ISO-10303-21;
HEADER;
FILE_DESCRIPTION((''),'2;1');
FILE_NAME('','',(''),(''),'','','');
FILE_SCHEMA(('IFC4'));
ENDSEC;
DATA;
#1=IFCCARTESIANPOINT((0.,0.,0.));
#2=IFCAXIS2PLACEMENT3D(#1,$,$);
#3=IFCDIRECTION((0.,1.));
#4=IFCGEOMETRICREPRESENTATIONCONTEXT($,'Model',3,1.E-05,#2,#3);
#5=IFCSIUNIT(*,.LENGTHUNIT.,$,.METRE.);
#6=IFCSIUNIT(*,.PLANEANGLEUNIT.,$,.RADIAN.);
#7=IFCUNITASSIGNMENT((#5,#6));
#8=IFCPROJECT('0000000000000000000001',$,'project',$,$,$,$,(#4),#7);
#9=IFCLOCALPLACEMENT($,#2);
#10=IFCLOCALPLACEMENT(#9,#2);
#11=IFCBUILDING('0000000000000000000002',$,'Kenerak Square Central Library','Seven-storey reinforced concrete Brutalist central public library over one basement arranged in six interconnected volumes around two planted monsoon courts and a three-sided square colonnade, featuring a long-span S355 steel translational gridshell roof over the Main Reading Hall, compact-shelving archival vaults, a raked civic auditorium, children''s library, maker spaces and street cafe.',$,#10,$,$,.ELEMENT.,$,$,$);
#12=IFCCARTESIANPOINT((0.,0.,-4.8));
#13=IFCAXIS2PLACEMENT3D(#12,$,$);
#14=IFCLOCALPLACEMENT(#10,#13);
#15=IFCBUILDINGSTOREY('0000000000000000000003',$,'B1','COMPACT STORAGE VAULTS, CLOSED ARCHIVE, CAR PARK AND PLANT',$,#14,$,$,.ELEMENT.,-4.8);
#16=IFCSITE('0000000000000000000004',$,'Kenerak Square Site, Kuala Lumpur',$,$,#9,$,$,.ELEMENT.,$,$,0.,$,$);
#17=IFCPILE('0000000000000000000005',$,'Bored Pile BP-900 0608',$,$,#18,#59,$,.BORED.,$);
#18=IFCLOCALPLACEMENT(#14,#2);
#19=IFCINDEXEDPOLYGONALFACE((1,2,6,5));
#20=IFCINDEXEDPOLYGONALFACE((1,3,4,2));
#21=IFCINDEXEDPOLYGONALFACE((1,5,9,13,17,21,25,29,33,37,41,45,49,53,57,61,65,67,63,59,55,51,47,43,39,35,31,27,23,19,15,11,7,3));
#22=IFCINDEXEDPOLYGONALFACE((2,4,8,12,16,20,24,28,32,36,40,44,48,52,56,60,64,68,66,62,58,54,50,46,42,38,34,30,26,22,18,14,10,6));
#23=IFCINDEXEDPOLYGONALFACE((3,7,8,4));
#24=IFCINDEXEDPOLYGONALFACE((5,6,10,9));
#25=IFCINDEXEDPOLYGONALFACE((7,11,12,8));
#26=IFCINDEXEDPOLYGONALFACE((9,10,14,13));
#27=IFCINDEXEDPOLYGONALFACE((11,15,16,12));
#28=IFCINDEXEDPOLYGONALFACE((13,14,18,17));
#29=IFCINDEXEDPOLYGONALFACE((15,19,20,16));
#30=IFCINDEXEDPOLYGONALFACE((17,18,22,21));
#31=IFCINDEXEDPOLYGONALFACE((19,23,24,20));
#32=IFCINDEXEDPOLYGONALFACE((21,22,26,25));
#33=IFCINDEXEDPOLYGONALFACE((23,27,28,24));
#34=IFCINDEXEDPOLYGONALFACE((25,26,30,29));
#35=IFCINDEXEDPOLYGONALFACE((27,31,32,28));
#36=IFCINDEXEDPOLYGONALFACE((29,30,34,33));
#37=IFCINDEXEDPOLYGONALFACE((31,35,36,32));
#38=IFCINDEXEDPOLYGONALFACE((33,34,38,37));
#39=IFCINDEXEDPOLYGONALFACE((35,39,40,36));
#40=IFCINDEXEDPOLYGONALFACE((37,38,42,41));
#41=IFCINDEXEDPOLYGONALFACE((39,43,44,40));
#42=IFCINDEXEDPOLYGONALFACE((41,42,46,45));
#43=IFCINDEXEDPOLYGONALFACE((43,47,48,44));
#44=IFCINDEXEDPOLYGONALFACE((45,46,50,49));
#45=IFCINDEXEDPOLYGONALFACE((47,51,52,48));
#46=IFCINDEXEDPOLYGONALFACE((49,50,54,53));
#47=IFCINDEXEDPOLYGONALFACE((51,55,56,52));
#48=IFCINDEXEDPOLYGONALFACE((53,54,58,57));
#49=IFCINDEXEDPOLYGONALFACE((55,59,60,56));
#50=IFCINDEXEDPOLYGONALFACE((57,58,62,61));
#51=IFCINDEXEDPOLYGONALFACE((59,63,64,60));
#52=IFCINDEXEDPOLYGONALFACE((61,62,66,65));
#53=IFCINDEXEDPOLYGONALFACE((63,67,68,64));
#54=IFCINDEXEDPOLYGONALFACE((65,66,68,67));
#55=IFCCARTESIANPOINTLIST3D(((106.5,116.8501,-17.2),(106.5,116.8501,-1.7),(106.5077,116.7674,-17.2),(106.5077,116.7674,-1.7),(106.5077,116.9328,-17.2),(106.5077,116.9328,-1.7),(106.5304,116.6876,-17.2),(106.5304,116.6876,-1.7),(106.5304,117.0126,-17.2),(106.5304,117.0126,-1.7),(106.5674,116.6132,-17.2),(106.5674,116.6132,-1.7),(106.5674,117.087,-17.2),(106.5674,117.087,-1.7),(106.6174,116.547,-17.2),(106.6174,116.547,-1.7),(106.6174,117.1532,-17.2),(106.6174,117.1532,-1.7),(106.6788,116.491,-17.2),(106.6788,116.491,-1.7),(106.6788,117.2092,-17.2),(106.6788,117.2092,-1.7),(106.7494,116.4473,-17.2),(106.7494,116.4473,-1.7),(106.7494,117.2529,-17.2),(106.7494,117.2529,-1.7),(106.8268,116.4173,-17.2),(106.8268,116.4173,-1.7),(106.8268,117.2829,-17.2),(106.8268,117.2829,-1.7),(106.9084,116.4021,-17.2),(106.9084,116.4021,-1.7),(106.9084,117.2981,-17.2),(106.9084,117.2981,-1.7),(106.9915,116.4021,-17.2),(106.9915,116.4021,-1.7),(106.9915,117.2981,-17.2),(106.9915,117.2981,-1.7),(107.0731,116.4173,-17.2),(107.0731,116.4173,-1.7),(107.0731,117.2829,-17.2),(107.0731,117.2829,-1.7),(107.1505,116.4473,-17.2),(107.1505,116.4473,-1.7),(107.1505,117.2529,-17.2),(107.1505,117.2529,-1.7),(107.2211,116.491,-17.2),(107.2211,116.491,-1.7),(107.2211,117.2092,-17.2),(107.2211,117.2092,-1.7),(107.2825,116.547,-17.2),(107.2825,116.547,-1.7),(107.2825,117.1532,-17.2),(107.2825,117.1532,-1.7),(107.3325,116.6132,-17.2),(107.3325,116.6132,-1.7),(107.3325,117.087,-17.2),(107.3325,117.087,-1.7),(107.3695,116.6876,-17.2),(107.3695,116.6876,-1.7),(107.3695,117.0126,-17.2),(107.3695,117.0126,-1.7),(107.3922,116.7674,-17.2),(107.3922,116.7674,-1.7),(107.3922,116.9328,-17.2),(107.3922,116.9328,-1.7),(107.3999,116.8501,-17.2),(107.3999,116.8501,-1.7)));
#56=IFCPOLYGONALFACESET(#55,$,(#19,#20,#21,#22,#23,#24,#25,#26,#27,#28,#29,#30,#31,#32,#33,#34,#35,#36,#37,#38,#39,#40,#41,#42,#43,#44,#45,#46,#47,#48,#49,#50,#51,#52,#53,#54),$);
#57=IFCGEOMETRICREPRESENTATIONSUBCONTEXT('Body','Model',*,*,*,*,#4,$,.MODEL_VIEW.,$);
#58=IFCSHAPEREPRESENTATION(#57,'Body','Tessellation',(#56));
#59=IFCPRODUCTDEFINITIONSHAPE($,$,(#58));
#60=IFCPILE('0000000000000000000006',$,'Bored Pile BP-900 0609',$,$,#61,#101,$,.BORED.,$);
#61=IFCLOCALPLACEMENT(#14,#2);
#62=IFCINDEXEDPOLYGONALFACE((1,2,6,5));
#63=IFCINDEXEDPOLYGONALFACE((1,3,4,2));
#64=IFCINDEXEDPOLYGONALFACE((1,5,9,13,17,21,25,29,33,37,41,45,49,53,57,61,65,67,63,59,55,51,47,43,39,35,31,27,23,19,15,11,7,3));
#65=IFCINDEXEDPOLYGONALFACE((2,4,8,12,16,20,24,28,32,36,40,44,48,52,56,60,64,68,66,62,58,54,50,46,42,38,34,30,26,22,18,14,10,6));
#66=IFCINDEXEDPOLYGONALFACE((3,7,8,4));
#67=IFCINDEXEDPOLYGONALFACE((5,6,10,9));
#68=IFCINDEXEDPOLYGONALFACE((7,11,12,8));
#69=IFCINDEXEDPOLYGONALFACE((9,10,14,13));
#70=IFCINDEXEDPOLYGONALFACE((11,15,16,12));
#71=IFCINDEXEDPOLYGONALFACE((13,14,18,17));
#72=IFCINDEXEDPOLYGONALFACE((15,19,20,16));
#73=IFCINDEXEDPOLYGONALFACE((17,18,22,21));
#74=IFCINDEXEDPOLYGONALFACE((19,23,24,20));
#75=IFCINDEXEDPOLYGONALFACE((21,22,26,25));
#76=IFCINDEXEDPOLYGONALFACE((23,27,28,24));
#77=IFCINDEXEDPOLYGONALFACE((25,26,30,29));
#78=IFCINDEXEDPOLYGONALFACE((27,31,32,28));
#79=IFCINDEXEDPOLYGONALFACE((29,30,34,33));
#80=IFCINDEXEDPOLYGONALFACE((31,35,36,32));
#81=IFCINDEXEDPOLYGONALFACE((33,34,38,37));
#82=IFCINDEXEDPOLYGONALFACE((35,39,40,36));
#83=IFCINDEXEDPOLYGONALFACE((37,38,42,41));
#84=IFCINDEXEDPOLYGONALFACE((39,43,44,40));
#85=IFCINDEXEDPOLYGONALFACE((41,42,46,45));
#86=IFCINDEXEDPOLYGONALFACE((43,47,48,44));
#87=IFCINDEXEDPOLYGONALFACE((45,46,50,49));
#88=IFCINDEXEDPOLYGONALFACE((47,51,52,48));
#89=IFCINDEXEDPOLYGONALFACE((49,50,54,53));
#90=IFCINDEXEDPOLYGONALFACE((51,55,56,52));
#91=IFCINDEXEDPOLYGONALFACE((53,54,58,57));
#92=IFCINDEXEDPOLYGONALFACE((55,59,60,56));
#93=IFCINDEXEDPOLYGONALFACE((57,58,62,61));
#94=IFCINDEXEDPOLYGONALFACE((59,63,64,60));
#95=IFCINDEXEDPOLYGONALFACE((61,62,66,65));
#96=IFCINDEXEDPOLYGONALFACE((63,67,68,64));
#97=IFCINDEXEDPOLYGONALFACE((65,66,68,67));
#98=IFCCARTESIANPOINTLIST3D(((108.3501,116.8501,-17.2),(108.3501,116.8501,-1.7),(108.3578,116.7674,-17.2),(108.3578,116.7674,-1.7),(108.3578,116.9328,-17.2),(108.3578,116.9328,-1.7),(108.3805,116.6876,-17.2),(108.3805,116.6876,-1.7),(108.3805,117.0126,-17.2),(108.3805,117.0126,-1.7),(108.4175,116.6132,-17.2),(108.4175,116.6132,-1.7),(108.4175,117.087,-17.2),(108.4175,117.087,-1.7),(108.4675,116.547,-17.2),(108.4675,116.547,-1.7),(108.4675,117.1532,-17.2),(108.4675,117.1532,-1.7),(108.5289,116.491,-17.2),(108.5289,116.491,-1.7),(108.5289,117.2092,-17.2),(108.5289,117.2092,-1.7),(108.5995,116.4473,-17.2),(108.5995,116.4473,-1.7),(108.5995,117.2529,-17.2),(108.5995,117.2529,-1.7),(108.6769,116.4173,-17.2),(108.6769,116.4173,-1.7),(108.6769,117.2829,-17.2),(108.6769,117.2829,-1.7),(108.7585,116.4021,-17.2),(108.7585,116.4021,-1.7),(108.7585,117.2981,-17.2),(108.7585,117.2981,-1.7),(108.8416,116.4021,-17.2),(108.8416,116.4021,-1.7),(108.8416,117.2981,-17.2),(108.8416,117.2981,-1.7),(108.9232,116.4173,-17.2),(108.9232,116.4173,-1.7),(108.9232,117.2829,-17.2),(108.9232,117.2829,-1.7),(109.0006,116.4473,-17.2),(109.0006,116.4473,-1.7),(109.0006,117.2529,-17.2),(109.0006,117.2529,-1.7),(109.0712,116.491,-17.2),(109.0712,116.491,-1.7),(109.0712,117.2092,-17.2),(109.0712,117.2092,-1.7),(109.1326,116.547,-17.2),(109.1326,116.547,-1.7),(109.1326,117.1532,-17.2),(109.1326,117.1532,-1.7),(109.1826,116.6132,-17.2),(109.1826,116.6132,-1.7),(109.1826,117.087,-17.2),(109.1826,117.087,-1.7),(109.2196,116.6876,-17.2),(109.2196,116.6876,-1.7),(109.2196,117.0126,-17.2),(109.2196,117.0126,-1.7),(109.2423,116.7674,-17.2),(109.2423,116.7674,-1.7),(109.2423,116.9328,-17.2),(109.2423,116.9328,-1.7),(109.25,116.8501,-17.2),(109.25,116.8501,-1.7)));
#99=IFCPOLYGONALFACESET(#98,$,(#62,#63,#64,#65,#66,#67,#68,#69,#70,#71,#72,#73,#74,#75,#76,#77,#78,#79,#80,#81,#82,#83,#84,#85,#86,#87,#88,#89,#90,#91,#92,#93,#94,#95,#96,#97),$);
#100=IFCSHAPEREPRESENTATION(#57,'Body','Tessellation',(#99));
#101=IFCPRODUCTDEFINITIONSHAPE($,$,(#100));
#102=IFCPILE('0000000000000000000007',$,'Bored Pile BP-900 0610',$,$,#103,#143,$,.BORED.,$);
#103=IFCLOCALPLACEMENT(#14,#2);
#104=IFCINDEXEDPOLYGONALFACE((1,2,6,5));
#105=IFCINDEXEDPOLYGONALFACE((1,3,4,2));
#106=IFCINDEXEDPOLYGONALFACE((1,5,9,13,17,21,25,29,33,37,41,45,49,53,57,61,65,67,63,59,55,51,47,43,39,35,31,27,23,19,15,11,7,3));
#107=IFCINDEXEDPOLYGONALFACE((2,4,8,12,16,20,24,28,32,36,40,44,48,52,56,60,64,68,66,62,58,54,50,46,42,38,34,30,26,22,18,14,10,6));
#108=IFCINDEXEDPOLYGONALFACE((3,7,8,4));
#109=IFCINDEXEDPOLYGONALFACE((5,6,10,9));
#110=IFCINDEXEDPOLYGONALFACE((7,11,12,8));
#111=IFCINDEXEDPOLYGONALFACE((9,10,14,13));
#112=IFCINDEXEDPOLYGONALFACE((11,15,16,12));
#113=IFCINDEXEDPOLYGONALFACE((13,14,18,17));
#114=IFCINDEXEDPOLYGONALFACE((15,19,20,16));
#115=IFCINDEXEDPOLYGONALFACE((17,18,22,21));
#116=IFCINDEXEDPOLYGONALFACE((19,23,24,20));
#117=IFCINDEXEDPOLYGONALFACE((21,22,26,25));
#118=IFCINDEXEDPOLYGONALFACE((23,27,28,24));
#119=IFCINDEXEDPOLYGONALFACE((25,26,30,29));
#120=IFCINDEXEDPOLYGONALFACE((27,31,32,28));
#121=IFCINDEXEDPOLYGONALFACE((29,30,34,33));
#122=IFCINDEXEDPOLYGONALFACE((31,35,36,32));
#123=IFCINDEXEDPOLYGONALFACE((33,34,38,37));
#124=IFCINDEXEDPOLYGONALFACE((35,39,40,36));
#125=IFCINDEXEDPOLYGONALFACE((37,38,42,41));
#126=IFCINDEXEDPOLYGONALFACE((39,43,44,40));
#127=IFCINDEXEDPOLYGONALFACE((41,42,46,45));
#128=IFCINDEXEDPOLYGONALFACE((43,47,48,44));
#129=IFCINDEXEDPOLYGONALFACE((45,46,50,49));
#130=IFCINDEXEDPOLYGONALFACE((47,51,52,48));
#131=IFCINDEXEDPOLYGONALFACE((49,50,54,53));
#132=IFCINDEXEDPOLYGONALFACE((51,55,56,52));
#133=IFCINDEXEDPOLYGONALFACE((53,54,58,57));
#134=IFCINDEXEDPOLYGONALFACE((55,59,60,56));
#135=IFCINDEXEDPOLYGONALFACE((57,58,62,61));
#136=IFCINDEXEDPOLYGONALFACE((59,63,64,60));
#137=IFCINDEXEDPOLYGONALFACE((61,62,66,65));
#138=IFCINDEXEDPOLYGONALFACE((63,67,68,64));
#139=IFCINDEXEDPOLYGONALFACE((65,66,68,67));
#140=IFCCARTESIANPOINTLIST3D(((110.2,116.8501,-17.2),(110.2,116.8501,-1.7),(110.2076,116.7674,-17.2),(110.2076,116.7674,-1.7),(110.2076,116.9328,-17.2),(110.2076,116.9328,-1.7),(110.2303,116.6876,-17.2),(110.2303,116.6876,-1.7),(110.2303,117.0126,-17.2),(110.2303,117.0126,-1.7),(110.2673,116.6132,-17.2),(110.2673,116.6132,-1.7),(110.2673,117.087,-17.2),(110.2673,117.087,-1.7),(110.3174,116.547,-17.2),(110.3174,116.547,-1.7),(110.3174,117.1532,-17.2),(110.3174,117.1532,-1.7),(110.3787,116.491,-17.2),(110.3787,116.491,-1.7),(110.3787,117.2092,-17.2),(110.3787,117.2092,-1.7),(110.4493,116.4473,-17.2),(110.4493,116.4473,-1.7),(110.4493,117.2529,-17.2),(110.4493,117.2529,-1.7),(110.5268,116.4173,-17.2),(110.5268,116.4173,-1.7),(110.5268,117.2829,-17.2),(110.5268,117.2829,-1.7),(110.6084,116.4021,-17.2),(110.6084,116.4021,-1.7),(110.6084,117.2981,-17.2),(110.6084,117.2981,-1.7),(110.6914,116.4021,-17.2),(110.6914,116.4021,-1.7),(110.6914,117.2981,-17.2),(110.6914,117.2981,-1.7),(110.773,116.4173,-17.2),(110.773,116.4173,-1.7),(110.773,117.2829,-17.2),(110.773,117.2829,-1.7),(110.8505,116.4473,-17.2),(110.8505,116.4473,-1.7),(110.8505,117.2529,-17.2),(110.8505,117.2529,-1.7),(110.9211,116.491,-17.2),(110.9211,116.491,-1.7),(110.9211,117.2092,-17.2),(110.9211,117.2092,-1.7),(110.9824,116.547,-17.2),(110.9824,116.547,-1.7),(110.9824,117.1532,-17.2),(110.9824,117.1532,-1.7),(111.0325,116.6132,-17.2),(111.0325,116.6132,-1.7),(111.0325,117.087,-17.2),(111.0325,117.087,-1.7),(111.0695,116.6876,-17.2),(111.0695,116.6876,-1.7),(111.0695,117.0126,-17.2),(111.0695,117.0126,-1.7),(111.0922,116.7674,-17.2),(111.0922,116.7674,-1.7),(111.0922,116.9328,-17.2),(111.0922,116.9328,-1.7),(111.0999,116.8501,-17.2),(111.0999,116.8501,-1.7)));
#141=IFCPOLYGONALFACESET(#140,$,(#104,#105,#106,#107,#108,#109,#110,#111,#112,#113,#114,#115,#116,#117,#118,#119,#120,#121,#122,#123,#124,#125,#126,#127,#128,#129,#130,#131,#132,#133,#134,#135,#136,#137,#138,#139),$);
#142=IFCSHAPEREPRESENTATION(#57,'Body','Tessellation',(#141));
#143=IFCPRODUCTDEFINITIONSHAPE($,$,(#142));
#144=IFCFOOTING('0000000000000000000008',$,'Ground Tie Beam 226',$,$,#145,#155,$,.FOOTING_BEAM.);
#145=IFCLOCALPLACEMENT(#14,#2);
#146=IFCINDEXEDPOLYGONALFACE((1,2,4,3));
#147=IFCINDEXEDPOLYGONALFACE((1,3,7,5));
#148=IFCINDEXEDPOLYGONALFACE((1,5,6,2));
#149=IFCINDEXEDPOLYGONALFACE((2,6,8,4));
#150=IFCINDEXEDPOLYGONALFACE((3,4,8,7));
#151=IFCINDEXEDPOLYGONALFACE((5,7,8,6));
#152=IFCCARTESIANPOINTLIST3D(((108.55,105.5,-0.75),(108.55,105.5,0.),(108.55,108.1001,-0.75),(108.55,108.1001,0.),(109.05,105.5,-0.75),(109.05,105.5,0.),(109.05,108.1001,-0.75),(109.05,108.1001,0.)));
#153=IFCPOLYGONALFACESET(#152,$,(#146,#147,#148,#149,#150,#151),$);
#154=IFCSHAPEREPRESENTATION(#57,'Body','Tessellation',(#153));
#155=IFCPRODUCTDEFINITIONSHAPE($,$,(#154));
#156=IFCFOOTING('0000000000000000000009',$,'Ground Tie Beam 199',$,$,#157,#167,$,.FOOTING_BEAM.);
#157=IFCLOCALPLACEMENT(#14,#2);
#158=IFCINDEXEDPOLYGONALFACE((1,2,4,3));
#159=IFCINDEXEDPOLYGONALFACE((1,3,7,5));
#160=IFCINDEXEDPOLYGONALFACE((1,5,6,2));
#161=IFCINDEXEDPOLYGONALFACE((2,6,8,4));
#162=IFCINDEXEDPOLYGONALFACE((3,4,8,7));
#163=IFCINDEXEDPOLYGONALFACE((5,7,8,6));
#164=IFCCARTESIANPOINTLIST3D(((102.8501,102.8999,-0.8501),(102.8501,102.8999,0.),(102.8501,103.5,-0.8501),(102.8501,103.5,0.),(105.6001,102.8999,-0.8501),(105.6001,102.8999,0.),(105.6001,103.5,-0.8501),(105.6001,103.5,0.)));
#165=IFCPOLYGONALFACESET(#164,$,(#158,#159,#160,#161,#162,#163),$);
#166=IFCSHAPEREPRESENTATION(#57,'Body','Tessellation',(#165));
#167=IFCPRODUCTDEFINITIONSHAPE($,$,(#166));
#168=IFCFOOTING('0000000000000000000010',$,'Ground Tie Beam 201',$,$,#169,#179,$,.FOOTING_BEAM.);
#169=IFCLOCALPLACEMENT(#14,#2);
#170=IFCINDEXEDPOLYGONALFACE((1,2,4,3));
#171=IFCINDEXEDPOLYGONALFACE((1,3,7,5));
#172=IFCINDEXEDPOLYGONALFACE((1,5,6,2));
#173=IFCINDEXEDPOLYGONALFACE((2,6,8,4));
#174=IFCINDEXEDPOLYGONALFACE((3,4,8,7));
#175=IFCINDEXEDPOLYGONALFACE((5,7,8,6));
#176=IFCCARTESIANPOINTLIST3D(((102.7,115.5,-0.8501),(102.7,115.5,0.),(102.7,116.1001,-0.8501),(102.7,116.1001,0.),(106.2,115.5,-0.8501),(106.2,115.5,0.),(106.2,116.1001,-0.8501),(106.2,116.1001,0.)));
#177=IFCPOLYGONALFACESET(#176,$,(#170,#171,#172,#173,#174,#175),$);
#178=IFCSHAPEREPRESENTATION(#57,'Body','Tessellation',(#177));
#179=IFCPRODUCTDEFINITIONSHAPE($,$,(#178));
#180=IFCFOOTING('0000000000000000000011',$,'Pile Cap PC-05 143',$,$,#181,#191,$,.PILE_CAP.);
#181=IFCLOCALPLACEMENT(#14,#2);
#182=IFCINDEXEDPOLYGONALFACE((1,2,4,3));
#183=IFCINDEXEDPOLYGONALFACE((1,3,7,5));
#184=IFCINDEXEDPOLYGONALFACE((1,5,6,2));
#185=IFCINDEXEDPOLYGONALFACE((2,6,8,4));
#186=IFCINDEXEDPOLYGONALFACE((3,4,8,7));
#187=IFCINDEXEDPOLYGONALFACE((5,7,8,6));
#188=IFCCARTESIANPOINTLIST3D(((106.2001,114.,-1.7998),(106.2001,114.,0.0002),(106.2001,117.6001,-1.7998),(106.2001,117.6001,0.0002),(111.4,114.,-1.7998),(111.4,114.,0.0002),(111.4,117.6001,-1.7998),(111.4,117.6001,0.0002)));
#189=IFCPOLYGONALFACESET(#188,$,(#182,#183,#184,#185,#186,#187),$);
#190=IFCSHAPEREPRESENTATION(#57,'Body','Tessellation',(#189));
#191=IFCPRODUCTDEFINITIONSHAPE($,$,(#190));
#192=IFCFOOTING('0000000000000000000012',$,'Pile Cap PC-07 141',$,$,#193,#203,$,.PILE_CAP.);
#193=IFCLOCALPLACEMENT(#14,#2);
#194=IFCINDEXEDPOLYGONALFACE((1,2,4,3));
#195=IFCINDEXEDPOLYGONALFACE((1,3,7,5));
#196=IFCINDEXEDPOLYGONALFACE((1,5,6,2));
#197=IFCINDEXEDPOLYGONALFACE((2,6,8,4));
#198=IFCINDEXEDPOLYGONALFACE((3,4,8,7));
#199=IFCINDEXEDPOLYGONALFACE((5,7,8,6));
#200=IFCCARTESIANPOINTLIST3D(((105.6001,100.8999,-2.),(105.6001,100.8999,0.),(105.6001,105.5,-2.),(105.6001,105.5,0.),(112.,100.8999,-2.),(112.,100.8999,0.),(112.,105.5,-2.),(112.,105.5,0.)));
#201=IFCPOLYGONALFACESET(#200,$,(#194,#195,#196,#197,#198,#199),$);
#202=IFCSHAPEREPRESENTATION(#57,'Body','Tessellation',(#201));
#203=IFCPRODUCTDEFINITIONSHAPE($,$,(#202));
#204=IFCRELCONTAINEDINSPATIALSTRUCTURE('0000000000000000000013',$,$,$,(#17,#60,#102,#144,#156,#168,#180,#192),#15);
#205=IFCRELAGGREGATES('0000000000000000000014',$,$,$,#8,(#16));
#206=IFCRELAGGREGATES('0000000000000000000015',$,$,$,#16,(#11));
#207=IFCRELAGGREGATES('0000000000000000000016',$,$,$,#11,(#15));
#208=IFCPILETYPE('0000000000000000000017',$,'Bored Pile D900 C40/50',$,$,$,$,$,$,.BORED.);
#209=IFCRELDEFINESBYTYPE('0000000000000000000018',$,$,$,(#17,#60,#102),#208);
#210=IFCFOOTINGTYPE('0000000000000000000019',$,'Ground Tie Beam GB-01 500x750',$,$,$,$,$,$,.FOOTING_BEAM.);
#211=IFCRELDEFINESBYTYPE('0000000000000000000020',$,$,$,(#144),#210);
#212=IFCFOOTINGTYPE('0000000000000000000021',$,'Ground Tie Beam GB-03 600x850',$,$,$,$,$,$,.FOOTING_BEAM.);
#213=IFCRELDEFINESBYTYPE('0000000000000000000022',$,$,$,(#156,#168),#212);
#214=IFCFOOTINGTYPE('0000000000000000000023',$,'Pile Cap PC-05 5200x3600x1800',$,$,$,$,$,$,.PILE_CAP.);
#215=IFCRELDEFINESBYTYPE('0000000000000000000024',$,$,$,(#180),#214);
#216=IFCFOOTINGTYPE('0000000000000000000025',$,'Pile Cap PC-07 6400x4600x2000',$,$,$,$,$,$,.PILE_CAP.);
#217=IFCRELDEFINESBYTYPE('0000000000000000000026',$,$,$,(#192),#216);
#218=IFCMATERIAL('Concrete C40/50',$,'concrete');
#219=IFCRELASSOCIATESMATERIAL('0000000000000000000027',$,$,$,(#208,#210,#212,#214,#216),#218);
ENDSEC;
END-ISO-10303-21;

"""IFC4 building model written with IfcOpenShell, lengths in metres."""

from ifc_helpers import new_model, si_unit, direction, frame, origin, origin_2d, place, context, subcontext, project, spatial, rectangle, circle, extrude, material, material_profile, profile_set, type_object, element, save


model = new_model("IFC4")

# Units and contexts
model_context = context("Model", 3, precision=1e-05, world=origin(), true_north=direction((0.0, 1.0)))
body_context = subcontext(model_context, "Body", "Model", "MODEL_VIEW")
ifc_project = project(units=[si_unit("LENGTHUNIT", "METRE"), si_unit("PLANEANGLEUNIT", "RADIAN")], contexts=[model_context])

# Site, building, storey
site_placement = place(None, origin())
site = spatial("IfcSite", under=ifc_project, at=site_placement, Name="Kenerak Square Site, Kuala Lumpur", CompositionType="ELEMENT", RefElevation=0.0)
building_placement = place(site_placement, origin())
building = spatial("IfcBuilding", under=site, at=building_placement, Name="Kenerak Square Central Library", Description="Seven-storey reinforced concrete Brutalist central public library over one basement arranged in six interconnected volumes around two planted monsoon courts and a three-sided square colonnade, featuring a long-span S355 steel translational gridshell roof over the Main Reading Hall, compact-shelving archival vaults, a raked civic auditorium, children's library, maker spaces and street cafe.", CompositionType="ELEMENT")
storey_placement = place(building_placement, frame((0.0, 0.0, -4.8)))
storey = spatial("IfcBuildingStorey", under=building, at=storey_placement, Name="B1", Description="COMPACT STORAGE VAULTS, CLOSED ARCHIVE, CAR PARK AND PLANT", CompositionType="ELEMENT", Elevation=-4.8)

# Piles
ifc_material_1 = material(Name="Concrete C40/50", Category="concrete")
ifc_material_profile_1 = material_profile(ifc_material_1, circle(Radius=0.45, at=origin_2d()), Name="BP D900")
ifc_profile_set_1 = profile_set([ifc_material_profile_1], Name="Concrete C40/50")
pile_type_1 = type_object("IfcPileType", Name="Bored Pile D900 C40/50", PredefinedType="BORED", material=ifc_profile_set_1)
for number, where, z_axis, x_axis, name in (
    (1, (106.95, 116.8501, -1.7), (0.0, 0.0, -1.0), (1.0, 0.0, 0.0), "Bored Pile BP-900 0608"),
    (2, (108.8, 116.8501, -1.7), (0.0, 0.0, -1.0), (1.0, 0.0, 0.0), "Bored Pile BP-900 0609"),
    (3, (110.6499, 116.8501, -1.7), (0.0, 0.0, -1.0), (1.0, 0.0, 0.0), "Bored Pile BP-900 0610"),
):
    element("IfcPile", number, at=place(storey_placement, frame(where, z_axis=z_axis, x_axis=x_axis)), inside=storey, type_object=pile_type_1, Name=name, PredefinedType="BORED", context=body_context, shape_type="SweptSolid", body=[
        extrude(circle(Radius=0.45, at=origin_2d()), origin(), (0.0, 0.0, 1.0), 15.5),
    ])

# Footings
footing_type_1 = type_object("IfcFootingType", Name="Ground Tie Beam GB-01 500x750", PredefinedType="FOOTING_BEAM", material=ifc_material_1)
footing_1_placement = place(storey_placement, frame((108.8, 106.8, -0.75), z_axis=(0.0, 0.0, 1.0), x_axis=(1.0, 0.0, 0.0)))
element("IfcFooting", 4, at=footing_1_placement, inside=storey, type_object=footing_type_1, Name="Ground Tie Beam 226", PredefinedType="FOOTING_BEAM", context=body_context, shape_type="SweptSolid", body=[
    extrude(rectangle(XDim=0.5, YDim=2.6001, at=origin_2d()), origin(), (0.0, 0.0, 1.0), 0.75),
])
footing_type_2 = type_object("IfcFootingType", Name="Ground Tie Beam GB-03 600x850", PredefinedType="FOOTING_BEAM", material=ifc_material_1)
footing_2_placement = place(storey_placement, frame((104.2251, 103.2, -0.8501), z_axis=(0.0, 0.0, 1.0), x_axis=(1.0, 0.0, 0.0)))
element("IfcFooting", 5, at=footing_2_placement, inside=storey, type_object=footing_type_2, Name="Ground Tie Beam 199", PredefinedType="FOOTING_BEAM", context=body_context, shape_type="SweptSolid", body=[
    extrude(rectangle(XDim=2.75, YDim=0.6001, at=origin_2d()), origin(), (0.0, 0.0, 1.0), 0.8501),
])
footing_3_placement = place(storey_placement, frame((104.45, 115.8, -0.8501), z_axis=(0.0, 0.0, 1.0), x_axis=(1.0, 0.0, 0.0)))
element("IfcFooting", 6, at=footing_3_placement, inside=storey, type_object=footing_type_2, Name="Ground Tie Beam 201", PredefinedType="FOOTING_BEAM", context=body_context, shape_type="SweptSolid", body=[
    extrude(rectangle(XDim=3.5, YDim=0.6001, at=origin_2d()), origin(), (0.0, 0.0, 1.0), 0.8501),
])
footing_type_3 = type_object("IfcFootingType", Name="Pile Cap PC-05 5200x3600x1800", PredefinedType="PILE_CAP", material=ifc_material_1)
footing_4_placement = place(storey_placement, frame((108.8, 115.8, -1.7998), z_axis=(0.0, 0.0, 1.0), x_axis=(1.0, 0.0, 0.0)))
element("IfcFooting", 7, at=footing_4_placement, inside=storey, type_object=footing_type_3, Name="Pile Cap PC-05 143", PredefinedType="PILE_CAP", context=body_context, shape_type="SweptSolid", body=[
    extrude(rectangle(XDim=5.2, YDim=3.6001, at=origin_2d()), origin(), (0.0, 0.0, 1.0), 1.8),
])
footing_type_4 = type_object("IfcFootingType", Name="Pile Cap PC-07 6400x4600x2000", PredefinedType="PILE_CAP", material=ifc_material_1)
for number, where, z_axis, x_axis, name in (
    (8, (108.8, 103.2, -2.0), (0.0, 0.0, 1.0), (1.0, 0.0, 0.0), "Pile Cap PC-07 141"),
):
    element("IfcFooting", number, at=place(storey_placement, frame(where, z_axis=z_axis, x_axis=x_axis)), inside=storey, type_object=footing_type_4, Name=name, PredefinedType="PILE_CAP", context=body_context, shape_type="SweptSolid", body=[
        extrude(rectangle(XDim=6.3999, YDim=4.6001, at=origin_2d()), origin(), (0.0, 0.0, 1.0), 2.0),
    ])

save(model, "model.ifc")
